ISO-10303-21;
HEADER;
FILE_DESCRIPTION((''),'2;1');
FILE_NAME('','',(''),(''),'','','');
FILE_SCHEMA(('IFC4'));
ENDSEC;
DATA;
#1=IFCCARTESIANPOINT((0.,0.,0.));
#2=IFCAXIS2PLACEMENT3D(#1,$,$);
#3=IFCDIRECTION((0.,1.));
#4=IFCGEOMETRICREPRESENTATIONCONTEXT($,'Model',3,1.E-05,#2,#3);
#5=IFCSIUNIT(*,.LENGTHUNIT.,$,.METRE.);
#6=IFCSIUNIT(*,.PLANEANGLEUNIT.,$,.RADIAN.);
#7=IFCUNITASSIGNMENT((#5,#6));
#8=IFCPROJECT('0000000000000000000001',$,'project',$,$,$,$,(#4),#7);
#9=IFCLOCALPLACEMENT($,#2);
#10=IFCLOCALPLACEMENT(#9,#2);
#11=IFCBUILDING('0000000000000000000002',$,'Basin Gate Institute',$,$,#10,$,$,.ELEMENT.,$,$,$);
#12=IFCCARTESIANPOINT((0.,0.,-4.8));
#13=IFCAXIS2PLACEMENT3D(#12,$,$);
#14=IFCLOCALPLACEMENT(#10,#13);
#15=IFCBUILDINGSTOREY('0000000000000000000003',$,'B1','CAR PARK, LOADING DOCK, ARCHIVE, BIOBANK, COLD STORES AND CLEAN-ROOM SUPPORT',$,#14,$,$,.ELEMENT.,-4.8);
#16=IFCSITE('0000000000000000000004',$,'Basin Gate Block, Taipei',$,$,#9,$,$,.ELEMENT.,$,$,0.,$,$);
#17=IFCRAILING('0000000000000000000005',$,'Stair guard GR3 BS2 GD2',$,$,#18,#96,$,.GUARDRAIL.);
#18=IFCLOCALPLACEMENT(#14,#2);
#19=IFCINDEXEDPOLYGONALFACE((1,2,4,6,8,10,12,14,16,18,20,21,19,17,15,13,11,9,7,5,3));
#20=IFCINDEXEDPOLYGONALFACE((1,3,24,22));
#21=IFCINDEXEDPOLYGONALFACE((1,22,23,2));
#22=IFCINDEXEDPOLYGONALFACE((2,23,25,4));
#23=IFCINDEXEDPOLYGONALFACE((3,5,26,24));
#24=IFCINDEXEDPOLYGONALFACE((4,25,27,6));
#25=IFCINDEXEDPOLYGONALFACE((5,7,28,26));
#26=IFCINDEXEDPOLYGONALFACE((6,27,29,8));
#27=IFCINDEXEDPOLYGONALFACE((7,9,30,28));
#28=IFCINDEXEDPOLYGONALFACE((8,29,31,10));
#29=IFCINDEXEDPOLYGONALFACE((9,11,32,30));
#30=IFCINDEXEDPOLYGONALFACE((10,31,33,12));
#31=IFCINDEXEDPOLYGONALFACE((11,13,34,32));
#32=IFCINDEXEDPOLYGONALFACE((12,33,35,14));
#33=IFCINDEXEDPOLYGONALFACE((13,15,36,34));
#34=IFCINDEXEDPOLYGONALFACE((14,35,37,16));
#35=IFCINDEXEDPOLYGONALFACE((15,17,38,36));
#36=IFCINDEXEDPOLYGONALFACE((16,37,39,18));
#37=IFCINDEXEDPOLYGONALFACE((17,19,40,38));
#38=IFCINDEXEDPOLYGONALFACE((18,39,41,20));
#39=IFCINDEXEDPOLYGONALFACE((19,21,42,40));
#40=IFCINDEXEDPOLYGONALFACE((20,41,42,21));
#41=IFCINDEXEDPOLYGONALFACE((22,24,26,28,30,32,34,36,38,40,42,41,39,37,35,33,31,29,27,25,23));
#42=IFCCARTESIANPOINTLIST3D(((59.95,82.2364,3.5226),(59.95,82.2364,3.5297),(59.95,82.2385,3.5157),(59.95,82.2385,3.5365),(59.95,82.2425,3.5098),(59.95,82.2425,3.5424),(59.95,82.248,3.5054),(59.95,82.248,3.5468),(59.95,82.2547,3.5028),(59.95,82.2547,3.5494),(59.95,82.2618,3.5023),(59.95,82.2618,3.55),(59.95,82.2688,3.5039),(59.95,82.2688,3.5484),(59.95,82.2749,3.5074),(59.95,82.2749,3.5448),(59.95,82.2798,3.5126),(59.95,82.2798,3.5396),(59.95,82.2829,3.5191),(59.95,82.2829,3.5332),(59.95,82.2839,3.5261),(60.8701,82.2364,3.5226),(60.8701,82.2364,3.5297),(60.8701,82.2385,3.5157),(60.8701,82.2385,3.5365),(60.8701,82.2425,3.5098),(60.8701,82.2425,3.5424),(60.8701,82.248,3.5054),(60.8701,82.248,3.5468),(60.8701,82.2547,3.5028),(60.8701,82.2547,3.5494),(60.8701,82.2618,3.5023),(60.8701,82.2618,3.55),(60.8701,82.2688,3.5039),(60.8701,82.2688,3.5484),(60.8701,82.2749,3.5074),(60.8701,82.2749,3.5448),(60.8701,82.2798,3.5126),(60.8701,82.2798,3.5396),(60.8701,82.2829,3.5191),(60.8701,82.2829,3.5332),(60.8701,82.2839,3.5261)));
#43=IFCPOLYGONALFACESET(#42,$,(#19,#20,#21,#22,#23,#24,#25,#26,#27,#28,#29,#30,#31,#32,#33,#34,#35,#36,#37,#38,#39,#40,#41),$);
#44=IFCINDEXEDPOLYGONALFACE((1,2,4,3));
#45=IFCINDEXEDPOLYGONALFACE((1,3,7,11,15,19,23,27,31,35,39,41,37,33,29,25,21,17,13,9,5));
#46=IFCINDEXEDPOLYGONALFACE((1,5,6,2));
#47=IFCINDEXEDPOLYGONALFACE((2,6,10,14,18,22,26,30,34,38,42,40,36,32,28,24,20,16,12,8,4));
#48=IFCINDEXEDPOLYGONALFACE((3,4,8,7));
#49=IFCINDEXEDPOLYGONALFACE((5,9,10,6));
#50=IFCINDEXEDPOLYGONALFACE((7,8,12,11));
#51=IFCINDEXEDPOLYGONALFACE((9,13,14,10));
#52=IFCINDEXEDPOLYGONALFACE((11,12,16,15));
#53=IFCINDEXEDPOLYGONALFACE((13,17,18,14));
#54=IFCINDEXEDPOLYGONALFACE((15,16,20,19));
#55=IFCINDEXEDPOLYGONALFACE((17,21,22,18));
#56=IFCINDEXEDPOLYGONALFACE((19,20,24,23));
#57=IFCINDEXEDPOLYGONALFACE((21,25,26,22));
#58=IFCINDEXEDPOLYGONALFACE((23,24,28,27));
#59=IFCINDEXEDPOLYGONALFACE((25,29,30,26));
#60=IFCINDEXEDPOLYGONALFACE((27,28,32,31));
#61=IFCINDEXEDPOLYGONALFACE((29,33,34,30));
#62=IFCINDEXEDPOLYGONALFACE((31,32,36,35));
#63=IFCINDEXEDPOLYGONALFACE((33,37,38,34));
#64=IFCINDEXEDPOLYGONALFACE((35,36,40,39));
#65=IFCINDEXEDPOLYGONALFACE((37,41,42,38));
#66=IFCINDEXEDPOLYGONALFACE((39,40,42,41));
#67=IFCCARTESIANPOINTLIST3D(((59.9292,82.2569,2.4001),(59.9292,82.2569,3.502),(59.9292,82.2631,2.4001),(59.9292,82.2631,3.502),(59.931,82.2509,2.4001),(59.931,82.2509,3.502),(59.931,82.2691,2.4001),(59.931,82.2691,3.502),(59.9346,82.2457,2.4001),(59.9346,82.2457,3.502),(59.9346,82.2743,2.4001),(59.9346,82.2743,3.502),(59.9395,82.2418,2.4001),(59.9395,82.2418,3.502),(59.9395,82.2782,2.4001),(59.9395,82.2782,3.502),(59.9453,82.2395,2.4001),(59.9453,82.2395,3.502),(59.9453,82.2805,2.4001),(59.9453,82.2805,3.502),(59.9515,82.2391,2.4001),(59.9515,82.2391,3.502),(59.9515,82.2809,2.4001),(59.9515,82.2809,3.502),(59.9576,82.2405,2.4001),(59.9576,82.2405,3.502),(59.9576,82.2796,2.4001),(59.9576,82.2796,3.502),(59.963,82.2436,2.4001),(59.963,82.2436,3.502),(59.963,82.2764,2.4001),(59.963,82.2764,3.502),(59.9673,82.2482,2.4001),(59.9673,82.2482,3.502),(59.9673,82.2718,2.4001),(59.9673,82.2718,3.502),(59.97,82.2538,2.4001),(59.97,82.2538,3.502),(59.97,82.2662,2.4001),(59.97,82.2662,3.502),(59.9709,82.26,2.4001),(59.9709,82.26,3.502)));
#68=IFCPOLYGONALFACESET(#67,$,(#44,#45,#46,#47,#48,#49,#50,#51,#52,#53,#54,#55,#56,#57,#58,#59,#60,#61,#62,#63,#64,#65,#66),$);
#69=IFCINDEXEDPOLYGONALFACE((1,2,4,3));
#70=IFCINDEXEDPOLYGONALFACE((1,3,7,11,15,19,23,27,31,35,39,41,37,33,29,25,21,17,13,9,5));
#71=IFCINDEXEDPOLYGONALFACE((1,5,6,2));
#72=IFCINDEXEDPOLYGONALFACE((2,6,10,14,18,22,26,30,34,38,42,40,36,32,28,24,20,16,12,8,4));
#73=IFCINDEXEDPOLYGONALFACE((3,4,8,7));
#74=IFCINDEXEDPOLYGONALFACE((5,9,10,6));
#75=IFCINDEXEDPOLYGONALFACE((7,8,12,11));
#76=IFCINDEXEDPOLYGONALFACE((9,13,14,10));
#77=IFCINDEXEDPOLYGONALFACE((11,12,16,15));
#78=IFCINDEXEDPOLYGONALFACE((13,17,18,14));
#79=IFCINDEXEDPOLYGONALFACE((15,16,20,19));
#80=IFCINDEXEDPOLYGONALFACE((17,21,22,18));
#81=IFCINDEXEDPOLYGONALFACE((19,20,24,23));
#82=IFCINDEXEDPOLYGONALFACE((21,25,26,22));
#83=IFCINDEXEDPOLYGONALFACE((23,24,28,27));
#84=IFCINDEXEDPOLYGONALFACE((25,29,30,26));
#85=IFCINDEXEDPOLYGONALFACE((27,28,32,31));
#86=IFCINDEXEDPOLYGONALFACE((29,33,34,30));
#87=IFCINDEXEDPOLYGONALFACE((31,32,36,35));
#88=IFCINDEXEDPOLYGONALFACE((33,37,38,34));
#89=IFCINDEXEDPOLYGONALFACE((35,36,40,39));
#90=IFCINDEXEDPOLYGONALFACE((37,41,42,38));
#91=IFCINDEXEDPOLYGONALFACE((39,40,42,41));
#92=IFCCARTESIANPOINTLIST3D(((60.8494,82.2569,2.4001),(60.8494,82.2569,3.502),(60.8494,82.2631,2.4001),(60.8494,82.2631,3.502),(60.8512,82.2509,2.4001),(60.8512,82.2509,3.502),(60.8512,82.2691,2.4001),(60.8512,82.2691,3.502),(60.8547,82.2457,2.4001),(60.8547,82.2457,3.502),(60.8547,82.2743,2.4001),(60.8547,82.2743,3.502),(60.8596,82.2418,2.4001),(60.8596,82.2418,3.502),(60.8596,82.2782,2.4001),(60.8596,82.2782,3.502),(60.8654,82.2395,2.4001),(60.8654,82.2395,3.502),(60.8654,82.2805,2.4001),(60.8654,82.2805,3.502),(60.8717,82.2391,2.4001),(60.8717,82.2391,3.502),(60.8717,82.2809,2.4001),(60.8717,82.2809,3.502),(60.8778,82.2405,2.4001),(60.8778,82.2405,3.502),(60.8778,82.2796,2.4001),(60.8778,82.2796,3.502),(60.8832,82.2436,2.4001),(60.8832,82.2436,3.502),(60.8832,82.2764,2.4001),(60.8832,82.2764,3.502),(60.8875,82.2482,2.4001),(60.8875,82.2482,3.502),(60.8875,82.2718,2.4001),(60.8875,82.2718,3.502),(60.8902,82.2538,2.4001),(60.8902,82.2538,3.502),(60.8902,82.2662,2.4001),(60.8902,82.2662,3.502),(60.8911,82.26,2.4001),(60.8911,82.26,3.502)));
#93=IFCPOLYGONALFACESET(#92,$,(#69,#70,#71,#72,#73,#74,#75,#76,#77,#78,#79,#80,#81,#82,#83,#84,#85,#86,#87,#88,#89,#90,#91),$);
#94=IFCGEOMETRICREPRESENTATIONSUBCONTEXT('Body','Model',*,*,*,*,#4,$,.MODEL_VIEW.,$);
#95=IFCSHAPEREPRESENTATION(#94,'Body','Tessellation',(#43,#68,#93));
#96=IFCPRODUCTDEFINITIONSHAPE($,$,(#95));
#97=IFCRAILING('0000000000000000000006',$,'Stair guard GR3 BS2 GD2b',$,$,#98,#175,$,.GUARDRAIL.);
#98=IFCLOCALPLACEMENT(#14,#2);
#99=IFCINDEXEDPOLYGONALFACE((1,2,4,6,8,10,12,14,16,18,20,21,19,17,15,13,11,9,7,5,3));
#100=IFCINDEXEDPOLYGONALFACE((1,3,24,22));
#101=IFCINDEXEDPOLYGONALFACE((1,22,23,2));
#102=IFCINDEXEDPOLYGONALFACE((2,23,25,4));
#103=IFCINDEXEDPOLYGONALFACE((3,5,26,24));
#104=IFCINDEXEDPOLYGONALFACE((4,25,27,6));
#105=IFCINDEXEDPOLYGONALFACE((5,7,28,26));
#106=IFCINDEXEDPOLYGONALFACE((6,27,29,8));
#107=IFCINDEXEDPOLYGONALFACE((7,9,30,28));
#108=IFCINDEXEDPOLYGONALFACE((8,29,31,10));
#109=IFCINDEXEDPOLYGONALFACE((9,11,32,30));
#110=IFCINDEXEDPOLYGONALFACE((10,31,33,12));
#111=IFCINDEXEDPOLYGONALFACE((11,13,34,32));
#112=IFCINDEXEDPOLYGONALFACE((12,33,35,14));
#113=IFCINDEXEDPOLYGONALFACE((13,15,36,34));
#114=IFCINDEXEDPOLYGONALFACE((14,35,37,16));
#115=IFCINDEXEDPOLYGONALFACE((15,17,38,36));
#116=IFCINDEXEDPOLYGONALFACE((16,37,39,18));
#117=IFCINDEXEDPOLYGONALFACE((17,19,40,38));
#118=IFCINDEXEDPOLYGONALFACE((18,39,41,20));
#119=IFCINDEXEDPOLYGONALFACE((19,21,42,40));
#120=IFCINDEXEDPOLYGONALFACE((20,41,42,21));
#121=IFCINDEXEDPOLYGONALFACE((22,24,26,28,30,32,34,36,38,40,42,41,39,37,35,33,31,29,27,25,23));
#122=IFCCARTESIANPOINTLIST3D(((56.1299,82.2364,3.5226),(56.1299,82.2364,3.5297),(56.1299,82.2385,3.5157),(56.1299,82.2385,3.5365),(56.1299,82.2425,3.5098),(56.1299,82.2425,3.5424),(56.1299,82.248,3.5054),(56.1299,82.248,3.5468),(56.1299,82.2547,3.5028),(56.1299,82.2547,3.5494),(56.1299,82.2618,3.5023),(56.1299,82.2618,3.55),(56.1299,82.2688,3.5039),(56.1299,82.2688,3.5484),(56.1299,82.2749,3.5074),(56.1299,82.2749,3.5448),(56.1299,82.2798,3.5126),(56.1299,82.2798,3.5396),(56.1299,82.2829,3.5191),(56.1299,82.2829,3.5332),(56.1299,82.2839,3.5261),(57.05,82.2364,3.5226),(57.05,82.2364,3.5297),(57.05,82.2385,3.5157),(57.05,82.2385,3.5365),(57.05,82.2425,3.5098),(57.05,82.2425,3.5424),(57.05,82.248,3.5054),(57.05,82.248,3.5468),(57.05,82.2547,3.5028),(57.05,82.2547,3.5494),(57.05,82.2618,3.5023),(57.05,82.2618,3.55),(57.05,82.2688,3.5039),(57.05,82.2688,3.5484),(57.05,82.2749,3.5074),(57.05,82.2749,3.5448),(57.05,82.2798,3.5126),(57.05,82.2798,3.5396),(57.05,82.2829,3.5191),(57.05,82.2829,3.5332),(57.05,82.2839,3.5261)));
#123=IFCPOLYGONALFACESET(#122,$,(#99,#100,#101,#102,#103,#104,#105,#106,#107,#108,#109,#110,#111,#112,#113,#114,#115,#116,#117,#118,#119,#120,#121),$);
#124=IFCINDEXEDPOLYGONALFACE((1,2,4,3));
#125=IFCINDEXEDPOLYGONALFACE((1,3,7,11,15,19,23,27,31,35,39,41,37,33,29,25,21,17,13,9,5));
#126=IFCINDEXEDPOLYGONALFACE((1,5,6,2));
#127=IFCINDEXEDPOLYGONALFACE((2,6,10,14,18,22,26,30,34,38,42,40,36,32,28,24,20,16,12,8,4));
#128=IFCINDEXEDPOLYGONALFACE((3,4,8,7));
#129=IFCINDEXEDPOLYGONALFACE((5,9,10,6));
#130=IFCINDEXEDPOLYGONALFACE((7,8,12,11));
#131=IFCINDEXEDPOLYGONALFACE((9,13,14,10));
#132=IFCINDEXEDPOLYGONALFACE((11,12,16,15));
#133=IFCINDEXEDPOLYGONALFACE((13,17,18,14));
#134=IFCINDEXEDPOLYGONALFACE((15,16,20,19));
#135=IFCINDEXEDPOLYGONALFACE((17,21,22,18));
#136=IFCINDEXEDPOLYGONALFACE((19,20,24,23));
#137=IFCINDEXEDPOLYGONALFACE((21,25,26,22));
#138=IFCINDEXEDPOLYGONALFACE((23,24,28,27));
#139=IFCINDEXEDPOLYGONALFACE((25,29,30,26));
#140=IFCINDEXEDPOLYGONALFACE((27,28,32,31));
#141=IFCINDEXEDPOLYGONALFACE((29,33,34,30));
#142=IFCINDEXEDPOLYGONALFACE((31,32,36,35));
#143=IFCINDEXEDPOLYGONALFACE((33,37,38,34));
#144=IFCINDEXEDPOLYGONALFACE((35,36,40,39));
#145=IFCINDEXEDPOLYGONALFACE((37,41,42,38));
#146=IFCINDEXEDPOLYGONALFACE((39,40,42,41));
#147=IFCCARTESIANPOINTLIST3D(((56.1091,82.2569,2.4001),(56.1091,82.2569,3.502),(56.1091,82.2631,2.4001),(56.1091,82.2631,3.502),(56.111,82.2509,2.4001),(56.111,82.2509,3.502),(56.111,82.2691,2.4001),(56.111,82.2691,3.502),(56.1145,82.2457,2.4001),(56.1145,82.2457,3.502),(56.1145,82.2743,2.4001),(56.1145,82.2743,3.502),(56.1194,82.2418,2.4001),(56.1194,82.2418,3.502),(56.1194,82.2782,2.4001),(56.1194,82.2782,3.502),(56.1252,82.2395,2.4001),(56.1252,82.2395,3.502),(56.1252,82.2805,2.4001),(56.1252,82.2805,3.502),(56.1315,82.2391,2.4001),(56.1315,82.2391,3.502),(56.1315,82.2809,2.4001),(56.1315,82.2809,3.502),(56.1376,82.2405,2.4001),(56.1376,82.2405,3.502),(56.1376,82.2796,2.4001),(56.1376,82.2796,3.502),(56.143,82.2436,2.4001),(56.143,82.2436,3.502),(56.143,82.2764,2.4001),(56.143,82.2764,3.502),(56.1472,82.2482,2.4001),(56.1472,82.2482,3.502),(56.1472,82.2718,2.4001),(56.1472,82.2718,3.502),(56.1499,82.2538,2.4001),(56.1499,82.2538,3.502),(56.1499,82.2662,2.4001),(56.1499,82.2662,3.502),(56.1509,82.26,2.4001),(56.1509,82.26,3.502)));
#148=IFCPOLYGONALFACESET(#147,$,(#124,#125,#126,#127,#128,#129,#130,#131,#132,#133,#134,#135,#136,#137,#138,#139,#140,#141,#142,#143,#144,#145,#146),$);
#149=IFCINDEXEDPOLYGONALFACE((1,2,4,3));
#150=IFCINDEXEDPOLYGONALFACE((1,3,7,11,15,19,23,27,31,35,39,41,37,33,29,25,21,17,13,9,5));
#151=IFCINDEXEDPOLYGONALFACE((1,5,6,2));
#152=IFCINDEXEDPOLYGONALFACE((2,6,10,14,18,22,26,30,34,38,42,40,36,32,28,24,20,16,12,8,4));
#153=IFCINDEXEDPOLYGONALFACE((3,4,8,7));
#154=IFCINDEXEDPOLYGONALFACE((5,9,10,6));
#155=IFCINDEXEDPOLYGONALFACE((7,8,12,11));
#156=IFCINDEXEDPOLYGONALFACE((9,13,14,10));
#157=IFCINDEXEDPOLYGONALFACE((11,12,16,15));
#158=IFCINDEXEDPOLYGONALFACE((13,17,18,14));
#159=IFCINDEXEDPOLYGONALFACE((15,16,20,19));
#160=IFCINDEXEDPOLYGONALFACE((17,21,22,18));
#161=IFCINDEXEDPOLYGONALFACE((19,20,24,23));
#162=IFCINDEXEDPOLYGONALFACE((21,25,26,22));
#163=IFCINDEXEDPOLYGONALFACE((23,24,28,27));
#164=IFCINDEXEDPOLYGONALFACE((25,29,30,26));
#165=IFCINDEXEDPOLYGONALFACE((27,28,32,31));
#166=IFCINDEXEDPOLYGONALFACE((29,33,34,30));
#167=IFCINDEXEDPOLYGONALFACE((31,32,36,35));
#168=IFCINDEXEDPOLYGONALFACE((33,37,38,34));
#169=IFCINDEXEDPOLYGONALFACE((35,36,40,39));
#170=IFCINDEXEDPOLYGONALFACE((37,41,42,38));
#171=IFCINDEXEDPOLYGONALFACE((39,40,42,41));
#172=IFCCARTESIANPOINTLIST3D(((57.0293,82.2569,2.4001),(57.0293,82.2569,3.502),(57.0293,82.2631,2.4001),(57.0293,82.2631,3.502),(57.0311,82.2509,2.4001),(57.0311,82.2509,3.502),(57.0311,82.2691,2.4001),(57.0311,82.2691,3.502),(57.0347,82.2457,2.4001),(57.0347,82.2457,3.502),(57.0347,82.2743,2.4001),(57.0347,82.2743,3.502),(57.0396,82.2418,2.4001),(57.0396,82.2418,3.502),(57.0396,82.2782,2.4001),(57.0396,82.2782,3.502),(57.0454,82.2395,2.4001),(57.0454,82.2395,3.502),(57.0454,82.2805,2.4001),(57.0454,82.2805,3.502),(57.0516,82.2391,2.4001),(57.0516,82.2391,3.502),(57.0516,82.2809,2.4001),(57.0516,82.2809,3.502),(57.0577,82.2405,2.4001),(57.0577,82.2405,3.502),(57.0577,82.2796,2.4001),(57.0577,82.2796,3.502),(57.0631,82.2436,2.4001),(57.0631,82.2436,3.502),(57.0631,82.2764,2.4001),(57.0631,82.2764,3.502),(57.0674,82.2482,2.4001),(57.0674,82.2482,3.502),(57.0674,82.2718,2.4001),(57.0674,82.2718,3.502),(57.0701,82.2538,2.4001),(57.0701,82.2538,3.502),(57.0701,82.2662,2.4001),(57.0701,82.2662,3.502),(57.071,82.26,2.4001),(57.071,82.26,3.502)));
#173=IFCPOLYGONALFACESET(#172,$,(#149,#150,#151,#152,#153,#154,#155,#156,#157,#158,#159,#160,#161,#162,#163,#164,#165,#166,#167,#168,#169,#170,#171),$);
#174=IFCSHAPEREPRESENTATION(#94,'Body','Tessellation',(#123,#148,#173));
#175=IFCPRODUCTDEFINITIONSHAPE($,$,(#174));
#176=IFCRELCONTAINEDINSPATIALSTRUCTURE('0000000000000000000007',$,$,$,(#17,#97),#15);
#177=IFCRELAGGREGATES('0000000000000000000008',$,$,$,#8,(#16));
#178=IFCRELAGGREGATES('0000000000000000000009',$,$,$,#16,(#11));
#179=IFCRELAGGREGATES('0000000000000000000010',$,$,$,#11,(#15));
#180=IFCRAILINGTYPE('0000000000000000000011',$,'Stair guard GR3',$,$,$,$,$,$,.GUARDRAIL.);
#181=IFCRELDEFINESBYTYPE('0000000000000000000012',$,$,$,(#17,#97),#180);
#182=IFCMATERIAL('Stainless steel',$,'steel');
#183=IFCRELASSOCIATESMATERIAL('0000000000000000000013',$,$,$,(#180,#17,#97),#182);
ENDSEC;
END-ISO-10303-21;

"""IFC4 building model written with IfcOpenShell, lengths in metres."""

from ifc_helpers import new_model, si_unit, direction, frame, origin, origin_2d, place, context, subcontext, project, spatial, circle, extrude, material, type_object, element, save


model = new_model("IFC4")

# Units and contexts
model_context = context("Model", 3, precision=1e-05, world=origin(), true_north=direction((0.0, 1.0)))
body_context = subcontext(model_context, "Body", "Model", "MODEL_VIEW")
ifc_project = project(units=[si_unit("LENGTHUNIT", "METRE"), si_unit("PLANEANGLEUNIT", "RADIAN")], contexts=[model_context])

# Site, building, storey
site_placement = place(None, origin())
site = spatial("IfcSite", under=ifc_project, at=site_placement, Name="Basin Gate Block, Taipei", CompositionType="ELEMENT", RefElevation=0.0)
building_placement = place(site_placement, origin())
building = spatial("IfcBuilding", under=site, at=building_placement, Name="Basin Gate Institute", CompositionType="ELEMENT")
storey_placement = place(building_placement, frame((0.0, 0.0, -4.8)))
storey = spatial("IfcBuildingStorey", under=building, at=storey_placement, Name="B1", Description="CAR PARK, LOADING DOCK, ARCHIVE, BIOBANK, COLD STORES AND CLEAN-ROOM SUPPORT", CompositionType="ELEMENT", Elevation=-4.8)

# Railings
ifc_material_1 = material(Name="Stainless steel", Category="steel")
railing_type_1 = type_object("IfcRailingType", Name="Stair guard GR3", PredefinedType="GUARDRAIL", material=ifc_material_1)
for number, where, name in (
    (1, (59.95, 82.26, 2.4001), "Stair guard GR3 BS2 GD2"),
    (2, (56.1299, 82.26, 2.4001), "Stair guard GR3 BS2 GD2b"),
):
    element("IfcRailing", number, at=place(storey_placement, frame(where)), inside=storey, type_object=railing_type_1, material=ifc_material_1, Name=name, PredefinedType="GUARDRAIL", context=body_context, shape_type="SweptSolid", body=[
        extrude(circle(Radius=0.0239, at=origin_2d()), frame((0.0, 0.0, 1.126), z_axis=(1.0, 0.0, 0.0), x_axis=(0.0, 1.0, 0.0)), (0.0, 0.0, 1.0), 0.9202),
        extrude(circle(Radius=0.021, at=origin_2d()), origin(), (0.0, 0.0, 1.0), 1.1018),
        extrude(circle(Radius=0.021, at=origin_2d()), frame((0.9202, 0.0, 0.0)), (0.0, 0.0, 1.0), 1.1018),
    ])

save(model, "model.ifc")
